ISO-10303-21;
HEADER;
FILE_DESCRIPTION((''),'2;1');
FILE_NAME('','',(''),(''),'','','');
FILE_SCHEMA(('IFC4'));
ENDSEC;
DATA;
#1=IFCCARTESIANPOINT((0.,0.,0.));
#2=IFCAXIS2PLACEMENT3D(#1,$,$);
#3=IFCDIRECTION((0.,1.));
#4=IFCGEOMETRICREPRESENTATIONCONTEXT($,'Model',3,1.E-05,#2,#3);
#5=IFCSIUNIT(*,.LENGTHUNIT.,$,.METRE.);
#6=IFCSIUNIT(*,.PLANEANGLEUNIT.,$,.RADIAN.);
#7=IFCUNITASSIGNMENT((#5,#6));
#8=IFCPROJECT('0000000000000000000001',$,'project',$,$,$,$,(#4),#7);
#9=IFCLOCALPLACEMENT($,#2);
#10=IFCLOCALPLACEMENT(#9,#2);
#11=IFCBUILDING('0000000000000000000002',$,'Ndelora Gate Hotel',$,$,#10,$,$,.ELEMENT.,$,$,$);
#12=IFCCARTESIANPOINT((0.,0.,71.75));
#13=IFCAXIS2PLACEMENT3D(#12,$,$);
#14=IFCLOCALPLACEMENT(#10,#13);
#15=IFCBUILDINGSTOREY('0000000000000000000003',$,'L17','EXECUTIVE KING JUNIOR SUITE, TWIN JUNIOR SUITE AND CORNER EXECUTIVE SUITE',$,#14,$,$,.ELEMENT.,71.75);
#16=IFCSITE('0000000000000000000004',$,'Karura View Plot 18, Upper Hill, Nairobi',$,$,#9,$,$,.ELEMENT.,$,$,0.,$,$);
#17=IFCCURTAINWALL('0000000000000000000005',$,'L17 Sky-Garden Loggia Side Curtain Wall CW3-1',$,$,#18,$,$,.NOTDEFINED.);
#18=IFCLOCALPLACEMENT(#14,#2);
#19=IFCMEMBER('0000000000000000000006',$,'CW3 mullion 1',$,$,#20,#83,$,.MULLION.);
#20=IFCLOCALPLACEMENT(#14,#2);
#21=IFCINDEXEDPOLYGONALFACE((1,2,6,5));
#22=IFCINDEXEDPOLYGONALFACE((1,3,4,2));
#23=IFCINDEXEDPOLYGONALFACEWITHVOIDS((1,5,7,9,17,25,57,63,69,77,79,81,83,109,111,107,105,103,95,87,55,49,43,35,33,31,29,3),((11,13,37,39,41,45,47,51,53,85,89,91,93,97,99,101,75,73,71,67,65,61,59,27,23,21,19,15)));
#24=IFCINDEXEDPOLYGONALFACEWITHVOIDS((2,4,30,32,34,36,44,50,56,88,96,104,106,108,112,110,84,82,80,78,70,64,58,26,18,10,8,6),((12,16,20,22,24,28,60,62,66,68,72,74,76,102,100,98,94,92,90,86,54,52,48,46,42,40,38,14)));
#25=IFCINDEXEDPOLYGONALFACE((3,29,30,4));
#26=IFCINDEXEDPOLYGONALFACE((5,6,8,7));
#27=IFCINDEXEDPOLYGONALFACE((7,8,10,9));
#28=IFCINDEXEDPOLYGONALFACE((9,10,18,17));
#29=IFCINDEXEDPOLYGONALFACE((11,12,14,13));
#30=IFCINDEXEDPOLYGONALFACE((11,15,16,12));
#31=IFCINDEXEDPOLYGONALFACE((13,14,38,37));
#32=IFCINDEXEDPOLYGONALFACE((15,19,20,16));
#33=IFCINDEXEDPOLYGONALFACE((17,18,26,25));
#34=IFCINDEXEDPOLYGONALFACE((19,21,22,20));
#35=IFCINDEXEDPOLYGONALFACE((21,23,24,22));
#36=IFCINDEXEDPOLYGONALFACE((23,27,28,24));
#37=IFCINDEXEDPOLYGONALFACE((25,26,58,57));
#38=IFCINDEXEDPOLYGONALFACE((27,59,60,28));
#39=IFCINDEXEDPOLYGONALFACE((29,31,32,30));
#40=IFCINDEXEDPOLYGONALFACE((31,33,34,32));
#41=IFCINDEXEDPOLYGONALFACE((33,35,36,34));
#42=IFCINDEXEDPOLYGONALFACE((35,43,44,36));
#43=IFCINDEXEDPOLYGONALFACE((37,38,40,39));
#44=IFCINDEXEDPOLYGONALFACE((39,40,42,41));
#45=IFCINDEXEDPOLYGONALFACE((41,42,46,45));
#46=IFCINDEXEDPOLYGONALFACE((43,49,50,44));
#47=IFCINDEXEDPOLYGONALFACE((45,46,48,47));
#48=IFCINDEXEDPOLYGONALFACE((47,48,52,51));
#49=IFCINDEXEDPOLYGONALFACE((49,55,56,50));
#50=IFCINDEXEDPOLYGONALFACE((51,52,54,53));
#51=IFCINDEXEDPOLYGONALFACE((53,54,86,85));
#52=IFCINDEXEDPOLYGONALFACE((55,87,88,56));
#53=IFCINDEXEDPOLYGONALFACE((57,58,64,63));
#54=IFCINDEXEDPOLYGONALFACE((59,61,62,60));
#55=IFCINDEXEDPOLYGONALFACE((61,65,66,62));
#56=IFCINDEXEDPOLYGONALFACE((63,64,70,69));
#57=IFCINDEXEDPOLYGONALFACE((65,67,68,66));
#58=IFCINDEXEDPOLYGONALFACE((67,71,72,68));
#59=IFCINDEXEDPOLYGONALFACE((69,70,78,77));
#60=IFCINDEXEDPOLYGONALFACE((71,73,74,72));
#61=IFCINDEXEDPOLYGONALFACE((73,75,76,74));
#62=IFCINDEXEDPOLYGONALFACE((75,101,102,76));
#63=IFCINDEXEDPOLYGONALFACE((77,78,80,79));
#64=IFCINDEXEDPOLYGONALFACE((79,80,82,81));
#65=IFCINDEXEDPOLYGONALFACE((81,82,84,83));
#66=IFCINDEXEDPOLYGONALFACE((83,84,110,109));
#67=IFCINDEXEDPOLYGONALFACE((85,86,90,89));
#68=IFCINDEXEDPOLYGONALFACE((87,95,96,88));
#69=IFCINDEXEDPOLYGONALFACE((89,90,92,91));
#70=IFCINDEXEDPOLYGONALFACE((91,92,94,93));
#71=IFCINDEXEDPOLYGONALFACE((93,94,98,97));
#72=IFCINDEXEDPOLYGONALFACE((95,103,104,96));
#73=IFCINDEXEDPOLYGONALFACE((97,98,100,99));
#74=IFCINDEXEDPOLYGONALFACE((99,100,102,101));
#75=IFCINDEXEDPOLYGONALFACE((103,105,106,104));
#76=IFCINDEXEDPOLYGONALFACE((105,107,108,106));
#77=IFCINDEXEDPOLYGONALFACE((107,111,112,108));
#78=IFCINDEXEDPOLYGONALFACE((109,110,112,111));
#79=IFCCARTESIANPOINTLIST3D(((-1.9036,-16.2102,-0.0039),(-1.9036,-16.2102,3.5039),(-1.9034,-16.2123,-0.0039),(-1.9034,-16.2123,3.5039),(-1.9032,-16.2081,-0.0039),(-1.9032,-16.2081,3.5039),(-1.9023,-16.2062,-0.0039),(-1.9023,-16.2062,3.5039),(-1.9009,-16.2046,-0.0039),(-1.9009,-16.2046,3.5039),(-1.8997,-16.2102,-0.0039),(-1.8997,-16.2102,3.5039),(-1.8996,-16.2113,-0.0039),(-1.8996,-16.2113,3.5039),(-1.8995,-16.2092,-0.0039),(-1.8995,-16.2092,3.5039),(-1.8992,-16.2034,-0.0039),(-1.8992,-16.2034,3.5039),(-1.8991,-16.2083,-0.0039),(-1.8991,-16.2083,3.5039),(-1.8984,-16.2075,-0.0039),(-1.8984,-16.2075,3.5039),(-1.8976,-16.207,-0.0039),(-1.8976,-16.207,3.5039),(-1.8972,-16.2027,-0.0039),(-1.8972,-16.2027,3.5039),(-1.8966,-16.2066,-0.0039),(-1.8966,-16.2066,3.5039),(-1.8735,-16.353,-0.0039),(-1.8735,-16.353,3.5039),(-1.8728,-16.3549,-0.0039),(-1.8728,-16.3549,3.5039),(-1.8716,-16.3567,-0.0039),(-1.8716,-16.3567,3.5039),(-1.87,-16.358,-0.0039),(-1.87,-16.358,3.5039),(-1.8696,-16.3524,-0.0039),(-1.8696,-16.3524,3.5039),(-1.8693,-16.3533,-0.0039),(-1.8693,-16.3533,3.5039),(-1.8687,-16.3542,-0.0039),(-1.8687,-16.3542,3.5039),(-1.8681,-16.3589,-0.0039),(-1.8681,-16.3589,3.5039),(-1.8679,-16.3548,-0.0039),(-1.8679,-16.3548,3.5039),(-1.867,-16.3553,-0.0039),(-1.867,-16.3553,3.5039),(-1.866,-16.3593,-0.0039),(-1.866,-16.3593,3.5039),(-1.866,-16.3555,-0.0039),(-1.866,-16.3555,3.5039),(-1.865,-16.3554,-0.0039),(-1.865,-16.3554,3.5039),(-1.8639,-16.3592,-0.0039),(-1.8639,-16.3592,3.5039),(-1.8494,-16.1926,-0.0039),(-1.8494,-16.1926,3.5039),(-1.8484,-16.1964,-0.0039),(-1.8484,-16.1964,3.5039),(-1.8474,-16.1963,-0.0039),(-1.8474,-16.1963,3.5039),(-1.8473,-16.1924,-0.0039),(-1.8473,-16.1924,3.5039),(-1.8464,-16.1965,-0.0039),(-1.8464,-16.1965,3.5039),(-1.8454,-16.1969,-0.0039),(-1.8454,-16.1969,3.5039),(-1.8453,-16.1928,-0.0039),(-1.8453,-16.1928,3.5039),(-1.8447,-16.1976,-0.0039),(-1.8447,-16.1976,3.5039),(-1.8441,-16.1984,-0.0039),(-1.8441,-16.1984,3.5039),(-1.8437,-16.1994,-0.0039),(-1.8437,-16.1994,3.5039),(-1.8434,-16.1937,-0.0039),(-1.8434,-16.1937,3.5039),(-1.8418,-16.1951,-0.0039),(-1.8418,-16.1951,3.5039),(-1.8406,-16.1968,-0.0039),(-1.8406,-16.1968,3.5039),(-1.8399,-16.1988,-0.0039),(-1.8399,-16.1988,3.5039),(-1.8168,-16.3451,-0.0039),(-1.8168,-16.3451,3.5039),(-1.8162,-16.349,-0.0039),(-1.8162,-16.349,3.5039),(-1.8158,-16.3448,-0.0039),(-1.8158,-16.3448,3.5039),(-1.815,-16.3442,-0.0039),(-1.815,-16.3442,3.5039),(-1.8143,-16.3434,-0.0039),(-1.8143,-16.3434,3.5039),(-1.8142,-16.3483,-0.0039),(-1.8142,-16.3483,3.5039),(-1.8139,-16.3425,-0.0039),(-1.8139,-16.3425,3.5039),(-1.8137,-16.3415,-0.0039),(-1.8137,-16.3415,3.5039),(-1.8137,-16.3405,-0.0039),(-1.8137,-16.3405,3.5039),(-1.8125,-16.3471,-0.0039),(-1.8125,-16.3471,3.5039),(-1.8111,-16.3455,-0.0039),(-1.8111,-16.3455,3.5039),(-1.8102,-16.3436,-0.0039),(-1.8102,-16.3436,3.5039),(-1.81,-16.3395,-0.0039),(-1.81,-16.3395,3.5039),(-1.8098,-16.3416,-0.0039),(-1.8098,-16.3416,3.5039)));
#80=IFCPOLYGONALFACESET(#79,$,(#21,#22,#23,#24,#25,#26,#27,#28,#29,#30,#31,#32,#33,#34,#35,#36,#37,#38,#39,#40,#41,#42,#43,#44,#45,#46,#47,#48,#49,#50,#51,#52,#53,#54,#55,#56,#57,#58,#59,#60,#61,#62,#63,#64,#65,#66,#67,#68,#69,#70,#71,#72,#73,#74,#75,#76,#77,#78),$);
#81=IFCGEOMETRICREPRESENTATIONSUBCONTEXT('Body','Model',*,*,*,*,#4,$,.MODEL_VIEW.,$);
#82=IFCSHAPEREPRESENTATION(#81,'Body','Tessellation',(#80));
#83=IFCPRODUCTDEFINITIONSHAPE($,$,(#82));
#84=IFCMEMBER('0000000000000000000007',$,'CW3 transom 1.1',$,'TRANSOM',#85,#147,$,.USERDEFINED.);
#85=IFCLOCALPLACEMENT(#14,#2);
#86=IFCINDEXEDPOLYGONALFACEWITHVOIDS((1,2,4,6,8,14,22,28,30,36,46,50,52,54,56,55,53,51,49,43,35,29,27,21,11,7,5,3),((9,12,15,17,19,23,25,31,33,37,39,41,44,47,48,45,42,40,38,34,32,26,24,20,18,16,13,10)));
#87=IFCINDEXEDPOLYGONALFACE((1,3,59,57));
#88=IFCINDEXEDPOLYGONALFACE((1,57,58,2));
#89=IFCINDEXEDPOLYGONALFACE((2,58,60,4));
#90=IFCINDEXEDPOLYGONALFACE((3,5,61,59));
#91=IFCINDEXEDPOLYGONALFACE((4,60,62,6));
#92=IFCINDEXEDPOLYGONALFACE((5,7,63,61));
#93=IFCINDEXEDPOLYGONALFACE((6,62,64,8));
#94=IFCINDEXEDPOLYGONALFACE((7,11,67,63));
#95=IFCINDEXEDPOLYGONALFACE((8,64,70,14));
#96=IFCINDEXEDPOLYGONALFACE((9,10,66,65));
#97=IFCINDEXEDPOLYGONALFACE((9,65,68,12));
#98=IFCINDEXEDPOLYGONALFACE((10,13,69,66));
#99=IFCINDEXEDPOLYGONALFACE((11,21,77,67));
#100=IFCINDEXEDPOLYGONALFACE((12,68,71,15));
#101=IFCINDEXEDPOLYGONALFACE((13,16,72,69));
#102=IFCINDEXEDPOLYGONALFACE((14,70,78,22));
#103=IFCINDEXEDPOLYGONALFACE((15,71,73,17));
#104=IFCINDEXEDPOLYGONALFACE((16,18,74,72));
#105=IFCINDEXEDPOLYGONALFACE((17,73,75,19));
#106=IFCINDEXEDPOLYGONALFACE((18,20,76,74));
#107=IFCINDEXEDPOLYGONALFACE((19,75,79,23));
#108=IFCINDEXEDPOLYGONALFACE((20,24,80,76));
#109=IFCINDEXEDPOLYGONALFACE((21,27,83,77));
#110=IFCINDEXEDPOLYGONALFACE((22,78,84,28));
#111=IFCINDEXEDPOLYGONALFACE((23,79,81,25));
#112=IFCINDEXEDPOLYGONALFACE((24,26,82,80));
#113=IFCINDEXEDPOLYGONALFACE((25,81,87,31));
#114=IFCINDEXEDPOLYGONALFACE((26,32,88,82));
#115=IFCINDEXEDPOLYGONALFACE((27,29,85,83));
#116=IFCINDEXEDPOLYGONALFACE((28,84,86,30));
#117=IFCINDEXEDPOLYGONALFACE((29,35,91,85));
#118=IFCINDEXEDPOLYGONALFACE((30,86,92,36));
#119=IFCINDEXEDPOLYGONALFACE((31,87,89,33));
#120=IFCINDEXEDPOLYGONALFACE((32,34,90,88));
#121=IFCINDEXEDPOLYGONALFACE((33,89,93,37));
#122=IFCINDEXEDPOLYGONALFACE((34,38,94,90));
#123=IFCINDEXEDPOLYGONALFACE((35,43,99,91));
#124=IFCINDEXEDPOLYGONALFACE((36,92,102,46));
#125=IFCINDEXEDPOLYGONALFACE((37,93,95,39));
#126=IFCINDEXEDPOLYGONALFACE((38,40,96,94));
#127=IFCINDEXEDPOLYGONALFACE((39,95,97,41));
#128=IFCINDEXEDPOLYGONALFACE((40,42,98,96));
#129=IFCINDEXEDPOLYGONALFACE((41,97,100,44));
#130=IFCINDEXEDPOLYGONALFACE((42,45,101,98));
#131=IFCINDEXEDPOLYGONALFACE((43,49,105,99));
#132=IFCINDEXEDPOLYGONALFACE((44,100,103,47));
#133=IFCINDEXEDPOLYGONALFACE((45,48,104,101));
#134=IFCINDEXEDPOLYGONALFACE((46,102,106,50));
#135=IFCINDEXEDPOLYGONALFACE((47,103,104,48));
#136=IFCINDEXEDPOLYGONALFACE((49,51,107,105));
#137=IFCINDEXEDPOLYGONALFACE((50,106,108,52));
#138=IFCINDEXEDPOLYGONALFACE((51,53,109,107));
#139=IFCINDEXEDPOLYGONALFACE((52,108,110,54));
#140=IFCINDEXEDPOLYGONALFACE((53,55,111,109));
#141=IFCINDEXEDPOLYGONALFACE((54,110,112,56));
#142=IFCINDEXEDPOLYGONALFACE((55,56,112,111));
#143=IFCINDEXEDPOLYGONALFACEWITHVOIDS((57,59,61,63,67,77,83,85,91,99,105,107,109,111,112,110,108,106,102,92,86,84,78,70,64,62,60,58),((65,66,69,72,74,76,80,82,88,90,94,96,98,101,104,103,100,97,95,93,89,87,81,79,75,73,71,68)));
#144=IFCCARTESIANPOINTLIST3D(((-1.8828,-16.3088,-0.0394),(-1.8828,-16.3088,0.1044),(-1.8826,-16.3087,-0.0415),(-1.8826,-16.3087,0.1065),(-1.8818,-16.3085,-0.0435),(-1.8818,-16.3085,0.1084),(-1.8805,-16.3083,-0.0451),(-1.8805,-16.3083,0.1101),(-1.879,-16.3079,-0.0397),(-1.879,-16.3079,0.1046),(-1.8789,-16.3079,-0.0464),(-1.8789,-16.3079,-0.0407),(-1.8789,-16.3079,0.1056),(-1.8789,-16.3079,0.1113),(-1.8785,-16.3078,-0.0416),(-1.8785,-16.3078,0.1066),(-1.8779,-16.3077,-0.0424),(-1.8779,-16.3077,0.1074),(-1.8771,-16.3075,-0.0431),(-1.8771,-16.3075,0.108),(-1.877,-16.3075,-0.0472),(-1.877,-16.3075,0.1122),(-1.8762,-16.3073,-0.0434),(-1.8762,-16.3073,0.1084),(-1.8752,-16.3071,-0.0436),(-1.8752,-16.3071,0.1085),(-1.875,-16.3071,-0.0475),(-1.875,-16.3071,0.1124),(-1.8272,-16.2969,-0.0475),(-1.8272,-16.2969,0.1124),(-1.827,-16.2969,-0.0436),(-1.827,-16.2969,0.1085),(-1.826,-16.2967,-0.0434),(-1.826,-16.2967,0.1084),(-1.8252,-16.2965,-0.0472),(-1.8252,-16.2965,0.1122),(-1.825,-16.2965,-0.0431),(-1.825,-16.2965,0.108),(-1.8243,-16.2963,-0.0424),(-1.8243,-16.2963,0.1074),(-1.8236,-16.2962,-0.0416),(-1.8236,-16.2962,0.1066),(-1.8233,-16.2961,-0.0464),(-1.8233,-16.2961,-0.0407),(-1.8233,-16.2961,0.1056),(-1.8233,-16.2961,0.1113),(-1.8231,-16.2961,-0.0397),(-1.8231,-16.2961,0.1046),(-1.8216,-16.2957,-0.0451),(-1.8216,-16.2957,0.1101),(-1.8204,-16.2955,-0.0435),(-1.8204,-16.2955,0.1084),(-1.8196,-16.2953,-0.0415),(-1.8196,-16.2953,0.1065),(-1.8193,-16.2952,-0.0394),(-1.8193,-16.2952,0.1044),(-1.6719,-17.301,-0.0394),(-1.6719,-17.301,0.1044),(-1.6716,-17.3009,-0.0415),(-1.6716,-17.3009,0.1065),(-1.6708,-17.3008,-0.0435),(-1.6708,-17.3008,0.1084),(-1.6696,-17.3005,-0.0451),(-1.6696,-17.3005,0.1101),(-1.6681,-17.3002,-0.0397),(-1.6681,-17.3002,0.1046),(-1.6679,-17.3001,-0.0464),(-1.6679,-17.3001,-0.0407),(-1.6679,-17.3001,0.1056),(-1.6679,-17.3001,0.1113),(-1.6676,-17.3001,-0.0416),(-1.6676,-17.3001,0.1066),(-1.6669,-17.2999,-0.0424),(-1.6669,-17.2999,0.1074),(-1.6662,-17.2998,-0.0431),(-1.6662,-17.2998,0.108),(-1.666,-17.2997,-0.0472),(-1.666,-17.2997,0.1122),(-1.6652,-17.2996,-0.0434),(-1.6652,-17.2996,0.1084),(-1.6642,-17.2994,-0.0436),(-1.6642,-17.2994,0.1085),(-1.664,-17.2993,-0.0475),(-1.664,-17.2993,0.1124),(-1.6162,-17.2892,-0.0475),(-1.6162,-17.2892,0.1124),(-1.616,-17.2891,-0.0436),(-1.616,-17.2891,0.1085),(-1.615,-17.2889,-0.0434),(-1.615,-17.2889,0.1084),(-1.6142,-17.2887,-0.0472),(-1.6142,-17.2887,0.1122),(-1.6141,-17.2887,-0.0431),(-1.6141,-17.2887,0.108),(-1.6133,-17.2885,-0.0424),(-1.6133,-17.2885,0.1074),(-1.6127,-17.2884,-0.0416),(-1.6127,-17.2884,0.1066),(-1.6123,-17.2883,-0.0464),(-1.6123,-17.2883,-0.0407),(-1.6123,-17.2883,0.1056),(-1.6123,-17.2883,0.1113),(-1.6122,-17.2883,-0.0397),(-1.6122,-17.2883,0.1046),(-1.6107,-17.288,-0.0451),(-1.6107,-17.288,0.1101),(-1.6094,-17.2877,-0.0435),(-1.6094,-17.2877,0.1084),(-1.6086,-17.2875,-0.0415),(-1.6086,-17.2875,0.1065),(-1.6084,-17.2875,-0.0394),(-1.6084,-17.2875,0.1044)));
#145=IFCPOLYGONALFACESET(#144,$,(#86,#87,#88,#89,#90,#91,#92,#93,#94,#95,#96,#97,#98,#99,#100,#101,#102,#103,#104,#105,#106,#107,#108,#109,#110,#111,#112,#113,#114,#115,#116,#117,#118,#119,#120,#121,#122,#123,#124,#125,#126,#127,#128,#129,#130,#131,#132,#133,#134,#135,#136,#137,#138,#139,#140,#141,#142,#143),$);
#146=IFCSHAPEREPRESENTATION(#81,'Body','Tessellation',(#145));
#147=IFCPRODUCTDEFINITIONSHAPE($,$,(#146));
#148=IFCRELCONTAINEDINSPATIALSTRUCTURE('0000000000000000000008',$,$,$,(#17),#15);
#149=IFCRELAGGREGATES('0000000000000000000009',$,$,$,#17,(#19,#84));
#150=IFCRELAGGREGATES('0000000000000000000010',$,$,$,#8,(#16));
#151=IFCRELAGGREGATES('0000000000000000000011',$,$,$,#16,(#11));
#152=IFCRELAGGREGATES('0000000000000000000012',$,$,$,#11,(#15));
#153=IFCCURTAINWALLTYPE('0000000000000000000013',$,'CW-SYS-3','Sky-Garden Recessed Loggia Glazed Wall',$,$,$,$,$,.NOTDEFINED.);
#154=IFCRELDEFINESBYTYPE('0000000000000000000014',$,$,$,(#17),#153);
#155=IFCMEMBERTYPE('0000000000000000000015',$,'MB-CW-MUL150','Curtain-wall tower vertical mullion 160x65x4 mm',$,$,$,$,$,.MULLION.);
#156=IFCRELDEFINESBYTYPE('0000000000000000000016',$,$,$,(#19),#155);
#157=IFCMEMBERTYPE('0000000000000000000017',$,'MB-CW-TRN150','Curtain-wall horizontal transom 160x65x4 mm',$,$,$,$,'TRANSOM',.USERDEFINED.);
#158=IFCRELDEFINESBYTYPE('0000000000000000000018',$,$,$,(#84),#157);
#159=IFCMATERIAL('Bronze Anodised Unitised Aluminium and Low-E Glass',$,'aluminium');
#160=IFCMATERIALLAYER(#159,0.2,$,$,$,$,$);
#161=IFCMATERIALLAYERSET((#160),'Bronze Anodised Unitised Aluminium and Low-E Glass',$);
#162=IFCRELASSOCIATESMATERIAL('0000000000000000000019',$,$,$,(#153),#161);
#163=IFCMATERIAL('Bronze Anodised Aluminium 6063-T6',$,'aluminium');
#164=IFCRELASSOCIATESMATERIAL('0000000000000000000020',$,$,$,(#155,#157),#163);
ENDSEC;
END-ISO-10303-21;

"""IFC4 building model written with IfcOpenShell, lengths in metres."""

from ifc_helpers import new_model, si_unit, direction, frame, origin, origin_2d, place, context, subcontext, project, spatial, hollow_rectangle, extrude, material, layer, layer_set, material_profile, profile_set, type_object, element, aggregate, save


model = new_model("IFC4")

# Units and contexts
model_context = context("Model", 3, precision=1e-05, world=origin(), true_north=direction((0.0, 1.0)))
body_context = subcontext(model_context, "Body", "Model", "MODEL_VIEW")
ifc_project = project(units=[si_unit("LENGTHUNIT", "METRE"), si_unit("PLANEANGLEUNIT", "RADIAN")], contexts=[model_context])

# Site, building, storey
site_placement = place(None, origin())
site = spatial("IfcSite", under=ifc_project, at=site_placement, Name="Karura View Plot 18, Upper Hill, Nairobi", CompositionType="ELEMENT", RefElevation=0.0)
building_placement = place(site_placement, origin())
building = spatial("IfcBuilding", under=site, at=building_placement, Name="Ndelora Gate Hotel", CompositionType="ELEMENT")
storey_placement = place(building_placement, frame((0.0, 0.0, 71.75)))
storey = spatial("IfcBuildingStorey", under=building, at=storey_placement, Name="L17", Description="EXECUTIVE KING JUNIOR SUITE, TWIN JUNIOR SUITE AND CORNER EXECUTIVE SUITE", CompositionType="ELEMENT", Elevation=71.75)

# Curtain wall, members
ifc_material_1 = material(Name="Bronze Anodised Unitised Aluminium and Low-E Glass", Category="aluminium")
ifc_layer_1 = layer(ifc_material_1, 0.2)
ifc_layer_set_1 = layer_set([ifc_layer_1], Name="Bronze Anodised Unitised Aluminium and Low-E Glass")
curtain_wall_type = type_object("IfcCurtainWallType", Name="CW-SYS-3", Description="Sky-Garden Recessed Loggia Glazed Wall", PredefinedType="NOTDEFINED", material=ifc_layer_set_1)
curtain_wall_placement = place(storey_placement, origin())
curtain_wall = element("IfcCurtainWall", 1, at=curtain_wall_placement, inside=storey, type_object=curtain_wall_type, Name="L17 Sky-Garden Loggia Side Curtain Wall CW3-1", PredefinedType="NOTDEFINED")
ifc_material_2 = material(Name="Bronze Anodised Aluminium 6063-T6", Category="aluminium")
ifc_material_profile_1 = material_profile(ifc_material_2, hollow_rectangle(XDim=0.0649, YDim=0.1599, WallThickness=0.0039, InnerFilletRadius=0.0039, OuterFilletRadius=0.0081, at=origin_2d()), Name="ALU 160x65x4")
ifc_profile_set_1 = profile_set([ifc_material_profile_1], Name="Bronze Anodised Aluminium 6063-T6")
member_type_1 = type_object("IfcMemberType", Name="MB-CW-MUL150", Description="Curtain-wall tower vertical mullion 160x65x4 mm", PredefinedType="MULLION", material=ifc_profile_set_1)
member_1_placement = place(storey_placement, frame((-1.8567, -16.2759, -0.0039), z_axis=(0.0, 0.0, 1.0), x_axis=(0.978148, 0.207911, 0.0)))
member_1 = element("IfcMember", 2, at=member_1_placement, type_object=member_type_1, Name="CW3 mullion 1", PredefinedType="MULLION", context=body_context, shape_type="SweptSolid", body=[
    extrude(hollow_rectangle(XDim=0.0649, YDim=0.1599, WallThickness=0.0039, InnerFilletRadius=0.0039, OuterFilletRadius=0.0081, at=origin_2d()), origin(), (0.0, 0.0, 1.0), 3.5078),
])
ifc_material_profile_2 = material_profile(ifc_material_2, hollow_rectangle(XDim=0.0649, YDim=0.1599, WallThickness=0.0039, InnerFilletRadius=0.0039, OuterFilletRadius=0.0081, at=origin_2d()), Name="ALU 160x65x4")
ifc_profile_set_2 = profile_set([ifc_material_profile_2], Name="Bronze Anodised Aluminium 6063-T6")
member_type_2 = type_object("IfcMemberType", Name="MB-CW-TRN150", Description="Curtain-wall horizontal transom 160x65x4 mm", ElementType="TRANSOM", PredefinedType="USERDEFINED", material=ifc_profile_set_2)
member_2_placement = place(storey_placement, frame((-1.8511, -16.302, 0.0325), z_axis=(0.207951, -0.978139, 0.0), x_axis=(0.978139, 0.207951, 0.0)))
member_2 = element("IfcMember", 3, at=member_2_placement, type_object=member_type_2, Name="CW3 transom 1.1", ObjectType="TRANSOM", PredefinedType="USERDEFINED", context=body_context, shape_type="SweptSolid", body=[
    extrude(hollow_rectangle(XDim=0.0649, YDim=0.1599, WallThickness=0.0039, InnerFilletRadius=0.0039, OuterFilletRadius=0.0081, at=origin_2d()), origin(), (0.0, 0.0, 1.0), 1.0144),
])
aggregate(curtain_wall, [member_1, member_2])

save(model, "model.ifc")
